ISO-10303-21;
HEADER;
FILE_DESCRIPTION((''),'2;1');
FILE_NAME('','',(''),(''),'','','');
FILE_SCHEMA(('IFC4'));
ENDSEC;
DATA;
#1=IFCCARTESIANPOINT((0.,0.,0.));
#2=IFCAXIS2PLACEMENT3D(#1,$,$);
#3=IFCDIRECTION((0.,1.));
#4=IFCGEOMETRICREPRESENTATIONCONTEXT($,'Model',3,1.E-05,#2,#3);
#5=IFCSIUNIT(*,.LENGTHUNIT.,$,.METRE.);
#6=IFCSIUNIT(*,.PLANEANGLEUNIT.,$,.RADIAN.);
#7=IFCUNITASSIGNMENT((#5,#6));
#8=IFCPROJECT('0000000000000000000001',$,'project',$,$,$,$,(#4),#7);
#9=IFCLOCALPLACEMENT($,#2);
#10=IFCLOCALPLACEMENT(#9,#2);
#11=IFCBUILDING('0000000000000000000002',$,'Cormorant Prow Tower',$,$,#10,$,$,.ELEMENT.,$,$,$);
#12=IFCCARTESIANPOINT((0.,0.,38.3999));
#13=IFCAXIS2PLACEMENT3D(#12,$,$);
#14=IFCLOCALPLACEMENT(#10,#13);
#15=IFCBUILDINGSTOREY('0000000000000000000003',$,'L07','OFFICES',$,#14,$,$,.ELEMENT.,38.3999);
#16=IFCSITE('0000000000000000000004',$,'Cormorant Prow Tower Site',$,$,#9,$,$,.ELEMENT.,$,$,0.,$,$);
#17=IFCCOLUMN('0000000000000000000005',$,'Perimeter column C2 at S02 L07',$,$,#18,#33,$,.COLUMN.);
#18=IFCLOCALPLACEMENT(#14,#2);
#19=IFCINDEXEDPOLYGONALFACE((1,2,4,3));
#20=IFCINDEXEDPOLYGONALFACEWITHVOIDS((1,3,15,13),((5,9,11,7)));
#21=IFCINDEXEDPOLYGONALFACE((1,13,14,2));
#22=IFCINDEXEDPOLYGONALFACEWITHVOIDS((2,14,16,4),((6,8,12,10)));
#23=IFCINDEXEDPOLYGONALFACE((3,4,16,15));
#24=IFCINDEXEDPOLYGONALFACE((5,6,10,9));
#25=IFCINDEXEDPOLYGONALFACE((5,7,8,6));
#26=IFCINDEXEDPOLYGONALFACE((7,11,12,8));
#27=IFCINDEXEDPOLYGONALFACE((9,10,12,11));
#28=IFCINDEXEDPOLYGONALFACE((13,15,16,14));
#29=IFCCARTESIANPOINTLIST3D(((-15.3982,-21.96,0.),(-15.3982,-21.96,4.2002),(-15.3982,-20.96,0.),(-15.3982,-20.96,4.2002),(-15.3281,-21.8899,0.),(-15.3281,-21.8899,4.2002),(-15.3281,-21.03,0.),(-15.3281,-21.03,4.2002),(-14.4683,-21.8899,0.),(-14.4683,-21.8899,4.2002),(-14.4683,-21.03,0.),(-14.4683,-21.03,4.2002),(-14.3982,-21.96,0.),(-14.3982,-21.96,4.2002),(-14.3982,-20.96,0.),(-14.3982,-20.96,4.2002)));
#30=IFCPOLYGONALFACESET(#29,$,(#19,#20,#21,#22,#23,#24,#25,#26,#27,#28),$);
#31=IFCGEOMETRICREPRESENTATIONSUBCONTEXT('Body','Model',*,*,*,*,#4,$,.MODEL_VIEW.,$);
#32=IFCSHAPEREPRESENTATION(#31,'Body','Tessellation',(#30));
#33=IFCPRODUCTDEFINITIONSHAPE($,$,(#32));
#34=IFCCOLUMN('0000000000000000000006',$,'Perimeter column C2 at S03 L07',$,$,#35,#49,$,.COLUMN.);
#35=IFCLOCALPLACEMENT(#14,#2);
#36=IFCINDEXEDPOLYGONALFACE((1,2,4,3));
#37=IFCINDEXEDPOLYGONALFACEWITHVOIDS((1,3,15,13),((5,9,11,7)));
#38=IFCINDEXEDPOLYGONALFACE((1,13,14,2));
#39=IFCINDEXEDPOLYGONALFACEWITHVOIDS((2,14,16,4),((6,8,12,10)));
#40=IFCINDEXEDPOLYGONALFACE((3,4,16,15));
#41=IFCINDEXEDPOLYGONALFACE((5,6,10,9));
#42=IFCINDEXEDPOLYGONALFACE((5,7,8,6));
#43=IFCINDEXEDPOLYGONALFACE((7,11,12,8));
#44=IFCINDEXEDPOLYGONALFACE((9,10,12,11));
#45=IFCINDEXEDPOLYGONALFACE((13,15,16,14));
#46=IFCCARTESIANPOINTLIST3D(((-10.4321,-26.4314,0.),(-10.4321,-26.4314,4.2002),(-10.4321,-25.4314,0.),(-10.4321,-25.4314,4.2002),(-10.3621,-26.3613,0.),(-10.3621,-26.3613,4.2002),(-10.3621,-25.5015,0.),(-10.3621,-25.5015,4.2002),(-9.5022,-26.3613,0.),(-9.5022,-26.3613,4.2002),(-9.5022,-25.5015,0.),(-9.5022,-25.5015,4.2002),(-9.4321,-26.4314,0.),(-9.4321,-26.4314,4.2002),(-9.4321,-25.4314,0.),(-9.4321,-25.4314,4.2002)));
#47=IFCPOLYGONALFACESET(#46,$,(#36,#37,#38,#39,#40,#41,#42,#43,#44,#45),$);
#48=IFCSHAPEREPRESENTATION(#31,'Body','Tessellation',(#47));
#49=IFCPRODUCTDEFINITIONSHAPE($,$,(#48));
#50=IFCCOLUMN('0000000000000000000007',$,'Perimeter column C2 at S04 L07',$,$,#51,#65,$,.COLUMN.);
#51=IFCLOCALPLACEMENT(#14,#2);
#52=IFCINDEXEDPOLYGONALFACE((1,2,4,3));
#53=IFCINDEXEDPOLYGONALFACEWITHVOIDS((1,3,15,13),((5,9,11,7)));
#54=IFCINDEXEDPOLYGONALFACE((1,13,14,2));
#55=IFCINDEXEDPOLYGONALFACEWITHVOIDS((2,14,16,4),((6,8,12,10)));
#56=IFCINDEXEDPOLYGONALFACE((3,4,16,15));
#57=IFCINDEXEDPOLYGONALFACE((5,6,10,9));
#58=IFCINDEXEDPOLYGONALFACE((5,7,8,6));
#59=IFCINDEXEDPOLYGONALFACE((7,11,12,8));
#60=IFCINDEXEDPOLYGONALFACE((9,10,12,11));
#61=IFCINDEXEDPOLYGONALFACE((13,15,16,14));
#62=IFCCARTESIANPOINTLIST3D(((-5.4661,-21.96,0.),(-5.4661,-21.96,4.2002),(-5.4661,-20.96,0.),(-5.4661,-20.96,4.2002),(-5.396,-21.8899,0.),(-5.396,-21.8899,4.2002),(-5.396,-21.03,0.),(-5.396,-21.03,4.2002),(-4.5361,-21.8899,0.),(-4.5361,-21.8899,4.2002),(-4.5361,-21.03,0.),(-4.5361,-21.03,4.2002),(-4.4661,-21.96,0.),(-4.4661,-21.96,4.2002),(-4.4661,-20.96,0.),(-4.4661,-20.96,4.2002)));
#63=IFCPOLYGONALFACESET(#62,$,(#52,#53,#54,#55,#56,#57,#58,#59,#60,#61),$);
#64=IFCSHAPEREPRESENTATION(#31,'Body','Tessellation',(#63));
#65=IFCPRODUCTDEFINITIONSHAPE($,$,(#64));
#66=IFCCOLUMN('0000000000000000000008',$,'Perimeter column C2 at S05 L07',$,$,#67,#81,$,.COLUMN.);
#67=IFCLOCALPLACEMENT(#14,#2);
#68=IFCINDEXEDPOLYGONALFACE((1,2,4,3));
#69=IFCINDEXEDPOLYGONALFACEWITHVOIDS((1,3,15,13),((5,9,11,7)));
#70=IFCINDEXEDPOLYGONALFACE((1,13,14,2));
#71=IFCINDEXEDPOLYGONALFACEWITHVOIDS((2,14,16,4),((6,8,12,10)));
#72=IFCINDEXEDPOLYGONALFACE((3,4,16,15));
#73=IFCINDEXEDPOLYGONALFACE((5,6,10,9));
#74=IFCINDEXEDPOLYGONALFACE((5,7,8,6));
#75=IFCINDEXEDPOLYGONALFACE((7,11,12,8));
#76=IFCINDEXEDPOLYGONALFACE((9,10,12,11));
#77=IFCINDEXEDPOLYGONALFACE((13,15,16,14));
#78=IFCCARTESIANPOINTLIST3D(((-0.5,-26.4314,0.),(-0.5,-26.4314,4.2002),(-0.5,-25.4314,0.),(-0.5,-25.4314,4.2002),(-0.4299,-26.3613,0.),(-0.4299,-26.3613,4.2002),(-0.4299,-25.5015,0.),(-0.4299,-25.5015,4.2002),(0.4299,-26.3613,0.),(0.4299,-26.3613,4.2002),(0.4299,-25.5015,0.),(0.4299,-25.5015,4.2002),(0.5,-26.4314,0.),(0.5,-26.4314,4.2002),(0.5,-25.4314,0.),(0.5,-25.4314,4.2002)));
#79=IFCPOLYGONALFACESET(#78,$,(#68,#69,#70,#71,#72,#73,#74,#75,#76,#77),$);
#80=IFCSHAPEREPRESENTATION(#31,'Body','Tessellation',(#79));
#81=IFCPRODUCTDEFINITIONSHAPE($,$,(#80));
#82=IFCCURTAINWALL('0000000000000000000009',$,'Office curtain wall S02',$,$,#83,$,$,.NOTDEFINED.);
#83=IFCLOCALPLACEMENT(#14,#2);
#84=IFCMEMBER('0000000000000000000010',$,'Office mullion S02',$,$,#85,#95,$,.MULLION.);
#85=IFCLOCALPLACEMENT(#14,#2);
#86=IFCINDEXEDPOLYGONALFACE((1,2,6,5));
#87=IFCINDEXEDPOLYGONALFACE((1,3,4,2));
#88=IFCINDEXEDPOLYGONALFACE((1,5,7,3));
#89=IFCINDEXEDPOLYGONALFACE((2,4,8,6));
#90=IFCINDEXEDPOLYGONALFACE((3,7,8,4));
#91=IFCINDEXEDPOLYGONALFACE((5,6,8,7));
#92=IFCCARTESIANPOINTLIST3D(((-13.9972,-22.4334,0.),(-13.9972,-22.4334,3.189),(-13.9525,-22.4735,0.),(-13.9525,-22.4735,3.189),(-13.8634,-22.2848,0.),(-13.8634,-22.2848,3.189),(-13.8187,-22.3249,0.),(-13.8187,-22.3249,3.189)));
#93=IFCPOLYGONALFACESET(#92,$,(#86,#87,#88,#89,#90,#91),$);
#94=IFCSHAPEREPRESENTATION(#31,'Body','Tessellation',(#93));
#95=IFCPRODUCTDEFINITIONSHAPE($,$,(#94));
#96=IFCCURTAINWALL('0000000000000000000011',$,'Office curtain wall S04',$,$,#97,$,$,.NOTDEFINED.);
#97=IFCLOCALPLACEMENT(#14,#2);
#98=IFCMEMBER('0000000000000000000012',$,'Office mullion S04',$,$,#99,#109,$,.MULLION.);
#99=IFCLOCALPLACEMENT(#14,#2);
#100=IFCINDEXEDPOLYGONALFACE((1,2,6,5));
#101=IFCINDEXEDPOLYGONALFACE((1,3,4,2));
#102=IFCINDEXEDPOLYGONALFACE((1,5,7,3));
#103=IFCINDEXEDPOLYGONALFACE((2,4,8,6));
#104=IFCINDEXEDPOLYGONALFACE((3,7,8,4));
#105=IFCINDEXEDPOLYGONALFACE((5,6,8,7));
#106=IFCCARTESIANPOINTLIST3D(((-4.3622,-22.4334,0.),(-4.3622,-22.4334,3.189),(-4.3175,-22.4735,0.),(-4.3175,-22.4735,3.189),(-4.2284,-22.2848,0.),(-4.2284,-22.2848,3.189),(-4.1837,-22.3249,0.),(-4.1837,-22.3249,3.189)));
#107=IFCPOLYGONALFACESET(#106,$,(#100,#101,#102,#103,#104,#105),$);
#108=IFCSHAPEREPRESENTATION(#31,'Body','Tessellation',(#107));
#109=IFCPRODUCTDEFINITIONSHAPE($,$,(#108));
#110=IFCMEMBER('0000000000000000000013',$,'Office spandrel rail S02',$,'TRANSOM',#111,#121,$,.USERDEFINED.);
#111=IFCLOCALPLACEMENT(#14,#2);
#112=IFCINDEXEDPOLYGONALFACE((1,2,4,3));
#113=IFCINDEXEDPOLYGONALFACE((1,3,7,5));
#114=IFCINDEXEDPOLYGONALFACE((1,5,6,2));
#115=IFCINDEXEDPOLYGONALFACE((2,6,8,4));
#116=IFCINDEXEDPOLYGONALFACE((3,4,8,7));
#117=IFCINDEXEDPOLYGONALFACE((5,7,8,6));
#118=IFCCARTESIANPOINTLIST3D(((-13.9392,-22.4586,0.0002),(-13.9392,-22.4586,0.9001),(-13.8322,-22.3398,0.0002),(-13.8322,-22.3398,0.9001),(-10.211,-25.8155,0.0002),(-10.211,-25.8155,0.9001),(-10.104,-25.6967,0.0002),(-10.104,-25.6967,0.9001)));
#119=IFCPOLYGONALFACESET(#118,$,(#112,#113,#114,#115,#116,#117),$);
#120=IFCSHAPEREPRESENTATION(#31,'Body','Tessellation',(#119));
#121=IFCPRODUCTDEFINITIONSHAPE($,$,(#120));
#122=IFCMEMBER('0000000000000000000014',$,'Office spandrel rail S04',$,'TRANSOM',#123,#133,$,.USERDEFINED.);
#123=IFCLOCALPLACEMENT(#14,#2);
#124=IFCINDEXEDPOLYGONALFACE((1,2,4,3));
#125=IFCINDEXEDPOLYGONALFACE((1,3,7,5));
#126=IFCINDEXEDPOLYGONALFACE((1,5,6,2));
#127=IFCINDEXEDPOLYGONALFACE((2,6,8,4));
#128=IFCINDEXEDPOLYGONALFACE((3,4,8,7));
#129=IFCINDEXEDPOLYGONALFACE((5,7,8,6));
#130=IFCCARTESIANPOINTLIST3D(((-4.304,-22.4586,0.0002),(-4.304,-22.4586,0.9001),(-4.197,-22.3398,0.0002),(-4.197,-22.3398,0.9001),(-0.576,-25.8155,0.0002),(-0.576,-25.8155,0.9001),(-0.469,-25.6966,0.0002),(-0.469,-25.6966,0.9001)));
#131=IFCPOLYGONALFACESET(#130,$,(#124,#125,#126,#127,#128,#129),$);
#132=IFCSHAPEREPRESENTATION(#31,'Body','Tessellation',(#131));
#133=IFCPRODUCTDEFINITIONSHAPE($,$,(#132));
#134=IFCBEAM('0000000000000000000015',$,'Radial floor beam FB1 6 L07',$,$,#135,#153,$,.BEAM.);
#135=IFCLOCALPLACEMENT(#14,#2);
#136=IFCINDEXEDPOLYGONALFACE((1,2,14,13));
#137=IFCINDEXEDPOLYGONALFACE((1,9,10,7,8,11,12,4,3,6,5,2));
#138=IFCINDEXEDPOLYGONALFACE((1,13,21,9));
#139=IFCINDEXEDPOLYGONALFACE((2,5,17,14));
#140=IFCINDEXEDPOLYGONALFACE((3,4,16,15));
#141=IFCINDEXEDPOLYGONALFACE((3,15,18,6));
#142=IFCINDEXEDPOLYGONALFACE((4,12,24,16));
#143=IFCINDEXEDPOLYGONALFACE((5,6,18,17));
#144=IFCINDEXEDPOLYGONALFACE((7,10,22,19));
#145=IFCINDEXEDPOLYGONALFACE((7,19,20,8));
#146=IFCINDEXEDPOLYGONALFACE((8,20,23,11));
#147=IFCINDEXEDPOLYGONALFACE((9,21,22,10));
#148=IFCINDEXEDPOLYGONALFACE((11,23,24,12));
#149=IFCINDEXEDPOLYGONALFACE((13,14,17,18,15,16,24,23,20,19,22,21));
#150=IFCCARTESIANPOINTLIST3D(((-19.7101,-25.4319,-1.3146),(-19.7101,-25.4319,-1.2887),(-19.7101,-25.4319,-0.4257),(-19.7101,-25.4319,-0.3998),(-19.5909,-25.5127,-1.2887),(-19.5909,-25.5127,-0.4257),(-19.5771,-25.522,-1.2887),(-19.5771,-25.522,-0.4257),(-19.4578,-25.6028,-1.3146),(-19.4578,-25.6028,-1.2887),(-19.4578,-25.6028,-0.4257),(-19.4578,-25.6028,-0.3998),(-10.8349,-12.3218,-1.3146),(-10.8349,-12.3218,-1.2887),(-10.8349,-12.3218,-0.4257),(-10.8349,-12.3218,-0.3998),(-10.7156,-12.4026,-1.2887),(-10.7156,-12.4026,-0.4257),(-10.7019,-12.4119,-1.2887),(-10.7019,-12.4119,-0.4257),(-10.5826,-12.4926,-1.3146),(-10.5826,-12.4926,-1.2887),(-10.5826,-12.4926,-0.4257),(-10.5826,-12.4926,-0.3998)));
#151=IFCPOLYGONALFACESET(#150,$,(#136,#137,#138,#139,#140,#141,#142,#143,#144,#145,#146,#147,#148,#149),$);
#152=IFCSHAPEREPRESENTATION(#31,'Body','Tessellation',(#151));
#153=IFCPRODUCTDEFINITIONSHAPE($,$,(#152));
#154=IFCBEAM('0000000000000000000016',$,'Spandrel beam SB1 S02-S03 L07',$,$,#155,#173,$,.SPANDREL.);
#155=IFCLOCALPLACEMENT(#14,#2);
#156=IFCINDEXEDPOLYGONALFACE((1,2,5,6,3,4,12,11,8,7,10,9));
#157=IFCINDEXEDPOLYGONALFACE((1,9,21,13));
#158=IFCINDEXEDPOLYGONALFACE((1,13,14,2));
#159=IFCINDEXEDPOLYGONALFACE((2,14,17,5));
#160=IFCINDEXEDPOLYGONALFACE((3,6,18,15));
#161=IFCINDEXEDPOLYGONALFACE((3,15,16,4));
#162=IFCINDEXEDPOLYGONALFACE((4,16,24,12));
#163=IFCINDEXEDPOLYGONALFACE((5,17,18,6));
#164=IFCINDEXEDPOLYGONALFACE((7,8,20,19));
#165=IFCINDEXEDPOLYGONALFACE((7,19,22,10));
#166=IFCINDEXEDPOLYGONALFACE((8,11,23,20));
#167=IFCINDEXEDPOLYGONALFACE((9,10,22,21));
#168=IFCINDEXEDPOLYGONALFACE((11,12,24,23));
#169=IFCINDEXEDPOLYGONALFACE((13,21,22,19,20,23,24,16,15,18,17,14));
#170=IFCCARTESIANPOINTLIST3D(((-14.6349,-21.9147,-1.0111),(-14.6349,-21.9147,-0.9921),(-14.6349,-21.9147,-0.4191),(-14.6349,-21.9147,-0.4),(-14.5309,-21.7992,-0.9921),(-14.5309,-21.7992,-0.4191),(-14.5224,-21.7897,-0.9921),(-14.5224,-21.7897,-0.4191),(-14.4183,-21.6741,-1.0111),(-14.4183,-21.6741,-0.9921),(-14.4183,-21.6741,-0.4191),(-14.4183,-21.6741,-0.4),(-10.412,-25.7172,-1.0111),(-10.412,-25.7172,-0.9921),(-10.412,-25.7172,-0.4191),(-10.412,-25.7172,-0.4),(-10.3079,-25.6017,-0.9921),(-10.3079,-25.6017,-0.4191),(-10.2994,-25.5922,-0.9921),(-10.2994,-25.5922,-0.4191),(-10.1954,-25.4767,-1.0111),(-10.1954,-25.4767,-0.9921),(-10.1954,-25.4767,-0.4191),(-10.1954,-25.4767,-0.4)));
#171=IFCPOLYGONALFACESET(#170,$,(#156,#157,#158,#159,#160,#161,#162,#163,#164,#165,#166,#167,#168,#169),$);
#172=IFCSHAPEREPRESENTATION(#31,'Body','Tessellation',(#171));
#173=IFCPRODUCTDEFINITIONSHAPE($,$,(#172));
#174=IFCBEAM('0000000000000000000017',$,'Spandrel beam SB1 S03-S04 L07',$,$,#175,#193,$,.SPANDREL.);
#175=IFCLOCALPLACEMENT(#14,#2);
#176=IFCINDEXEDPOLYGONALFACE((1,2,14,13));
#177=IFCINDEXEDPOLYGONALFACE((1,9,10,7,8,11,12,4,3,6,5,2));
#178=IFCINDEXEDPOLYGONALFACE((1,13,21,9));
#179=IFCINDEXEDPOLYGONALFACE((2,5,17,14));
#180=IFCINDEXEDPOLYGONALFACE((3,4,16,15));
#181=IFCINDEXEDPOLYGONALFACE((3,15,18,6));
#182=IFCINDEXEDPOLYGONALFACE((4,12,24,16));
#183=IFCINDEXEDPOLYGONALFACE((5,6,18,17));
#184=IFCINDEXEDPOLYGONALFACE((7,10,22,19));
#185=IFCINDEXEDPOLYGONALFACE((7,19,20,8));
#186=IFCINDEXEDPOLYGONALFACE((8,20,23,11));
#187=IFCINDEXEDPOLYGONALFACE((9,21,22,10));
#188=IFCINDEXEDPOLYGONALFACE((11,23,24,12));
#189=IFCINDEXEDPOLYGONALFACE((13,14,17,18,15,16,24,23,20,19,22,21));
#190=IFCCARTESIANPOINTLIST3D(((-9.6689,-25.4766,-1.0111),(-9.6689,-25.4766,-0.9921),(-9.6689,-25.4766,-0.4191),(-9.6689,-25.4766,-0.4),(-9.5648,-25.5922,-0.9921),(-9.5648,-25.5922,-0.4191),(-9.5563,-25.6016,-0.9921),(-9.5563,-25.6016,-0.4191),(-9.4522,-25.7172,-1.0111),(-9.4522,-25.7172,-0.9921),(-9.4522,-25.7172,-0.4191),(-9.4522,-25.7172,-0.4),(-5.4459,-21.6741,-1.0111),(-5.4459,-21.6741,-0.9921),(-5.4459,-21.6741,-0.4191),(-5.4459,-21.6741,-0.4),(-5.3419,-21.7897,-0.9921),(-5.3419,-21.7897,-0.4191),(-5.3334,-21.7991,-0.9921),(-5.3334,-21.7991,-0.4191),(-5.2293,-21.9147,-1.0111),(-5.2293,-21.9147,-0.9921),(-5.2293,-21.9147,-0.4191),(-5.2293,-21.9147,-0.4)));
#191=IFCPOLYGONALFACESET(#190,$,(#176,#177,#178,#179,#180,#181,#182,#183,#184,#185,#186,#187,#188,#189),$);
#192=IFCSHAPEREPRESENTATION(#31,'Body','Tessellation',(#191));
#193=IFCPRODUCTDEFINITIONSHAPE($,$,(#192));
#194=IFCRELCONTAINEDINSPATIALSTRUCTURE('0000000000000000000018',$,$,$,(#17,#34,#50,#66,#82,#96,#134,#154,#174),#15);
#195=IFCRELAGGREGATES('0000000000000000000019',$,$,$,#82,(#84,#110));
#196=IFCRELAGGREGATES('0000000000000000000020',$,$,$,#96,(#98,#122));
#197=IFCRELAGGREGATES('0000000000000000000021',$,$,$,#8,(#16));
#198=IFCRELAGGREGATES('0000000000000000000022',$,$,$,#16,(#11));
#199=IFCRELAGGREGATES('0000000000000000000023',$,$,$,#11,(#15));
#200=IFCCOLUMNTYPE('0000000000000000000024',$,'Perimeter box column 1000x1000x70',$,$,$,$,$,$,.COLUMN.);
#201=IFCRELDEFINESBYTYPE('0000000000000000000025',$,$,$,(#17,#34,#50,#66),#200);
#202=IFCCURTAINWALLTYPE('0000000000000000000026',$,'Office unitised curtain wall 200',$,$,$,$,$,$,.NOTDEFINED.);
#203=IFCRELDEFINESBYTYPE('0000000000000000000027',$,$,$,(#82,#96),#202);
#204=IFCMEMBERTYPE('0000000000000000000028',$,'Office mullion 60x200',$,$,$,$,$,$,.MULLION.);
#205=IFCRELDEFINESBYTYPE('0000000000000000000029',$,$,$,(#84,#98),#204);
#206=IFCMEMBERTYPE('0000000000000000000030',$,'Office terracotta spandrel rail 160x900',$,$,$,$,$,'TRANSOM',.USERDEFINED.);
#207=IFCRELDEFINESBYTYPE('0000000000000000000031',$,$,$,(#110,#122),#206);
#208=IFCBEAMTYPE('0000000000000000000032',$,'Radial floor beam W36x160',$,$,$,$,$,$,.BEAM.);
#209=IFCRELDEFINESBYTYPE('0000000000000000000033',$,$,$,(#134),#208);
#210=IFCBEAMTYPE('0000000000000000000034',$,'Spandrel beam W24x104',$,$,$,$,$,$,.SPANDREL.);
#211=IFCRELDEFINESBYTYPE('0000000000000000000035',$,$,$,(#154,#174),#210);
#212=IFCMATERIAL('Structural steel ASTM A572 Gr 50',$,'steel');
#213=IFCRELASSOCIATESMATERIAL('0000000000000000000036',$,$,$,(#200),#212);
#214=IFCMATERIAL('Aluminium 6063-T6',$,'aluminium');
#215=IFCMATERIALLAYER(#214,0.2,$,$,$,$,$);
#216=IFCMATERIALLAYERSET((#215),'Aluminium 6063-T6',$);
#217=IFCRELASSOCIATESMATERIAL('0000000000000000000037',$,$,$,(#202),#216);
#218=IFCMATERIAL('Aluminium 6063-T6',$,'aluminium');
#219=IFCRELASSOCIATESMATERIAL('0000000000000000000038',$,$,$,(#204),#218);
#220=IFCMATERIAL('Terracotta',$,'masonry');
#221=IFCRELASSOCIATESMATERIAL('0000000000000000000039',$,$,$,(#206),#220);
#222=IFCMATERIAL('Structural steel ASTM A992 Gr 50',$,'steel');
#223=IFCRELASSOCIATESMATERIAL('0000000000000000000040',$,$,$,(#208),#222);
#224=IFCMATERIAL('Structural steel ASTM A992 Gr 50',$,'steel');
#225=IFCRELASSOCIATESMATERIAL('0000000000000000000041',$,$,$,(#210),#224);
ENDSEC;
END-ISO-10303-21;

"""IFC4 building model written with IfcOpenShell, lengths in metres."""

from ifc_helpers import new_model, si_unit, direction, frame, origin, origin_2d, place, context, subcontext, project, spatial, rectangle, hollow_rectangle, i_section, extrude, material, layer, layer_set, material_profile, profile_set, type_object, element, aggregate, save


model = new_model("IFC4")

# Units and contexts
model_context = context("Model", 3, precision=1e-05, world=origin(), true_north=direction((0.0, 1.0)))
body_context = subcontext(model_context, "Body", "Model", "MODEL_VIEW")
ifc_project = project(units=[si_unit("LENGTHUNIT", "METRE"), si_unit("PLANEANGLEUNIT", "RADIAN")], contexts=[model_context])

# Site, building, storey
site_placement = place(None, origin())
site = spatial("IfcSite", under=ifc_project, at=site_placement, Name="Cormorant Prow Tower Site", CompositionType="ELEMENT", RefElevation=0.0)
building_placement = place(site_placement, origin())
building = spatial("IfcBuilding", under=site, at=building_placement, Name="Cormorant Prow Tower", CompositionType="ELEMENT")
storey_placement = place(building_placement, frame((0.0, 0.0, 38.3999)))
storey = spatial("IfcBuildingStorey", under=building, at=storey_placement, Name="L07", Description="OFFICES", CompositionType="ELEMENT", Elevation=38.3999)

# Columns
ifc_material_1 = material(Name="Structural steel ASTM A572 Gr 50", Category="steel")
ifc_material_profile_1 = material_profile(ifc_material_1, hollow_rectangle(XDim=1.0, YDim=1.0, WallThickness=0.0701, at=origin_2d()), Name="Box 1000x1000x70")
ifc_profile_set_1 = profile_set([ifc_material_profile_1], Name="Structural steel ASTM A572 Gr 50")
column_type = type_object("IfcColumnType", Name="Perimeter box column 1000x1000x70", PredefinedType="COLUMN", material=ifc_profile_set_1)
for number, where, z_axis, x_axis, name in (
    (1, (-14.8982, -21.46, 0.0), (0.0, 0.0, 1.0), (1.0, 0.0, 0.0), "Perimeter column C2 at S02 L07"),
    (2, (-9.9321, -25.9314, 0.0), (0.0, 0.0, 1.0), (1.0, 0.0, 0.0), "Perimeter column C2 at S03 L07"),
    (3, (-4.9661, -21.46, 0.0), (0.0, 0.0, 1.0), (1.0, 0.0, 0.0), "Perimeter column C2 at S04 L07"),
    (4, (0.0, -25.9314, 0.0), (0.0, 0.0, 1.0), (1.0, 0.0, 0.0), "Perimeter column C2 at S05 L07"),
):
    element("IfcColumn", number, at=place(storey_placement, frame(where, z_axis=z_axis, x_axis=x_axis)), inside=storey, type_object=column_type, Name=name, PredefinedType="COLUMN", context=body_context, shape_type="SweptSolid", body=[
        extrude(hollow_rectangle(XDim=1.0, YDim=1.0, WallThickness=0.0701, at=origin_2d()), origin(), (0.0, 0.0, 1.0), 4.2002),
    ])

# Curtain walls, members
ifc_material_2 = material(Name="Aluminium 6063-T6", Category="aluminium")
ifc_layer_1 = layer(ifc_material_2, 0.2)
ifc_layer_set_1 = layer_set([ifc_layer_1], Name="Aluminium 6063-T6")
curtain_wall_type = type_object("IfcCurtainWallType", Name="Office unitised curtain wall 200", PredefinedType="NOTDEFINED", material=ifc_layer_set_1)
curtain_wall_1_placement = place(storey_placement, origin())
curtain_wall_1 = element("IfcCurtainWall", 5, at=curtain_wall_1_placement, inside=storey, type_object=curtain_wall_type, Name="Office curtain wall S02", PredefinedType="NOTDEFINED")
ifc_material_3 = material(Name="Aluminium 6063-T6", Category="aluminium")
ifc_material_profile_2 = material_profile(ifc_material_3, rectangle(XDim=0.2, YDim=0.0601, at=origin_2d()), Name="Office mullion 60x200")
ifc_profile_set_2 = profile_set([ifc_material_profile_2], Name="Aluminium 6063-T6")
member_type_1 = type_object("IfcMemberType", Name="Office mullion 60x200", PredefinedType="MULLION", material=ifc_profile_set_2)
member_1_placement = place(storey_placement, frame((-13.908, -22.3792, 0.0), z_axis=(0.0, 0.0, 1.0), x_axis=(0.669131, 0.743145, 0.0)))
member_1 = element("IfcMember", 6, at=member_1_placement, type_object=member_type_1, Name="Office mullion S02", PredefinedType="MULLION", context=body_context, shape_type="SweptSolid", body=[
    extrude(rectangle(XDim=0.2, YDim=0.0601, at=origin_2d()), origin(), (0.0, 0.0, 1.0), 3.189),
])
curtain_wall_2_placement = place(storey_placement, origin())
curtain_wall_2 = element("IfcCurtainWall", 7, at=curtain_wall_2_placement, inside=storey, type_object=curtain_wall_type, Name="Office curtain wall S04", PredefinedType="NOTDEFINED")
member_2_placement = place(storey_placement, frame((-4.2729, -22.3792, 0.0), z_axis=(0.0, 0.0, 1.0), x_axis=(0.669131, 0.743145, 0.0)))
member_2 = element("IfcMember", 8, at=member_2_placement, type_object=member_type_1, Name="Office mullion S04", PredefinedType="MULLION", context=body_context, shape_type="SweptSolid", body=[
    extrude(rectangle(XDim=0.2, YDim=0.0601, at=origin_2d()), origin(), (0.0, 0.0, 1.0), 3.189),
])

# Members
ifc_material_4 = material(Name="Terracotta", Category="masonry")
ifc_material_profile_3 = material_profile(ifc_material_4, rectangle(XDim=0.1599, YDim=0.8999, at=origin_2d()), Name="Office terracotta spandrel rail 160x900")
ifc_profile_set_3 = profile_set([ifc_material_profile_3], Name="Terracotta")
member_type_2 = type_object("IfcMemberType", Name="Office terracotta spandrel rail 160x900", ElementType="TRANSOM", PredefinedType="USERDEFINED", material=ifc_profile_set_3)
member_3_placement = place(storey_placement, frame((-13.8857, -22.3992, 0.4502), z_axis=(0.743147, -0.669129, 0.0), x_axis=(0.669129, 0.743147, 0.0)))
member_3 = element("IfcMember", 9, at=member_3_placement, type_object=member_type_2, Name="Office spandrel rail S02", ObjectType="TRANSOM", PredefinedType="USERDEFINED", context=body_context, shape_type="SweptSolid", body=[
    extrude(rectangle(XDim=0.1599, YDim=0.8999, at=origin_2d()), origin(), (0.0, 0.0, 1.0), 5.0168),
])
member_4_placement = place(storey_placement, frame((-4.2505, -22.3992, 0.4502), z_axis=(0.743125, -0.669153, 0.0), x_axis=(0.669153, 0.743125, 0.0)))
member_4 = element("IfcMember", 10, at=member_4_placement, type_object=member_type_2, Name="Office spandrel rail S04", ObjectType="TRANSOM", PredefinedType="USERDEFINED", context=body_context, shape_type="SweptSolid", body=[
    extrude(rectangle(XDim=0.1599, YDim=0.8999, at=origin_2d()), origin(), (0.0, 0.0, 1.0), 5.0166),
])

# Beams
ifc_material_5 = material(Name="Structural steel ASTM A992 Gr 50", Category="steel")
ifc_material_profile_4 = material_profile(ifc_material_5, i_section(OverallWidth=0.3047, OverallDepth=0.9148, WebThickness=0.0166, FlangeThickness=0.0259, at=origin_2d()), Name="W36x160")
ifc_profile_set_4 = profile_set([ifc_material_profile_4], Name="Structural steel ASTM A992 Gr 50")
beam_type_1 = type_object("IfcBeamType", Name="Radial floor beam W36x160", PredefinedType="BEAM", material=ifc_profile_set_4)
beam_placement = place(storey_placement, frame((-10.7087, -12.4072, -0.8572), z_axis=(-0.560597, -0.828089, 0.0), x_axis=(0.828089, -0.560597, 0.0)))
element("IfcBeam", 11, at=beam_placement, inside=storey, type_object=beam_type_1, Name="Radial floor beam FB1 6 L07", PredefinedType="BEAM", context=body_context, shape_type="SweptSolid", body=[
    extrude(i_section(OverallWidth=0.3047, OverallDepth=0.9148, WebThickness=0.0166, FlangeThickness=0.0259, at=origin_2d()), origin(), (0.0, 0.0, 1.0), 15.8318),
])
ifc_material_6 = material(Name="Structural steel ASTM A992 Gr 50", Category="steel")
ifc_material_profile_5 = material_profile(ifc_material_6, i_section(OverallWidth=0.3237, OverallDepth=0.6111, WebThickness=0.0127, FlangeThickness=0.019, at=origin_2d()), Name="W24x104")
ifc_profile_set_5 = profile_set([ifc_material_profile_5], Name="Structural steel ASTM A992 Gr 50")
beam_type_2 = type_object("IfcBeamType", Name="Spandrel beam W24x104", PredefinedType="SPANDREL", material=ifc_profile_set_5)
for number, where, z_axis, x_axis, name in (
    (12, (-14.5266, -21.7944, -0.7056), (0.74313, -0.669147, 0.0), (0.669147, 0.74313, 0.0), "Spandrel beam SB1 S02-S03 L07"),
    (13, (-9.5605, -25.5969, -0.7056), (0.74313, 0.669147, 0.0), (-0.669147, 0.74313, 0.0), "Spandrel beam SB1 S03-S04 L07"),
):
    element("IfcBeam", number, at=place(storey_placement, frame(where, z_axis=z_axis, x_axis=x_axis)), inside=storey, type_object=beam_type_2, Name=name, PredefinedType="SPANDREL", context=body_context, shape_type="SweptSolid", body=[
        extrude(i_section(OverallWidth=0.3237, OverallDepth=0.6111, WebThickness=0.0127, FlangeThickness=0.019, at=origin_2d()), origin(), (0.0, 0.0, 1.0), 5.6826),
    ])

aggregate(curtain_wall_1, [member_1, member_3])
aggregate(curtain_wall_2, [member_2, member_4])

save(model, "model.ifc")
